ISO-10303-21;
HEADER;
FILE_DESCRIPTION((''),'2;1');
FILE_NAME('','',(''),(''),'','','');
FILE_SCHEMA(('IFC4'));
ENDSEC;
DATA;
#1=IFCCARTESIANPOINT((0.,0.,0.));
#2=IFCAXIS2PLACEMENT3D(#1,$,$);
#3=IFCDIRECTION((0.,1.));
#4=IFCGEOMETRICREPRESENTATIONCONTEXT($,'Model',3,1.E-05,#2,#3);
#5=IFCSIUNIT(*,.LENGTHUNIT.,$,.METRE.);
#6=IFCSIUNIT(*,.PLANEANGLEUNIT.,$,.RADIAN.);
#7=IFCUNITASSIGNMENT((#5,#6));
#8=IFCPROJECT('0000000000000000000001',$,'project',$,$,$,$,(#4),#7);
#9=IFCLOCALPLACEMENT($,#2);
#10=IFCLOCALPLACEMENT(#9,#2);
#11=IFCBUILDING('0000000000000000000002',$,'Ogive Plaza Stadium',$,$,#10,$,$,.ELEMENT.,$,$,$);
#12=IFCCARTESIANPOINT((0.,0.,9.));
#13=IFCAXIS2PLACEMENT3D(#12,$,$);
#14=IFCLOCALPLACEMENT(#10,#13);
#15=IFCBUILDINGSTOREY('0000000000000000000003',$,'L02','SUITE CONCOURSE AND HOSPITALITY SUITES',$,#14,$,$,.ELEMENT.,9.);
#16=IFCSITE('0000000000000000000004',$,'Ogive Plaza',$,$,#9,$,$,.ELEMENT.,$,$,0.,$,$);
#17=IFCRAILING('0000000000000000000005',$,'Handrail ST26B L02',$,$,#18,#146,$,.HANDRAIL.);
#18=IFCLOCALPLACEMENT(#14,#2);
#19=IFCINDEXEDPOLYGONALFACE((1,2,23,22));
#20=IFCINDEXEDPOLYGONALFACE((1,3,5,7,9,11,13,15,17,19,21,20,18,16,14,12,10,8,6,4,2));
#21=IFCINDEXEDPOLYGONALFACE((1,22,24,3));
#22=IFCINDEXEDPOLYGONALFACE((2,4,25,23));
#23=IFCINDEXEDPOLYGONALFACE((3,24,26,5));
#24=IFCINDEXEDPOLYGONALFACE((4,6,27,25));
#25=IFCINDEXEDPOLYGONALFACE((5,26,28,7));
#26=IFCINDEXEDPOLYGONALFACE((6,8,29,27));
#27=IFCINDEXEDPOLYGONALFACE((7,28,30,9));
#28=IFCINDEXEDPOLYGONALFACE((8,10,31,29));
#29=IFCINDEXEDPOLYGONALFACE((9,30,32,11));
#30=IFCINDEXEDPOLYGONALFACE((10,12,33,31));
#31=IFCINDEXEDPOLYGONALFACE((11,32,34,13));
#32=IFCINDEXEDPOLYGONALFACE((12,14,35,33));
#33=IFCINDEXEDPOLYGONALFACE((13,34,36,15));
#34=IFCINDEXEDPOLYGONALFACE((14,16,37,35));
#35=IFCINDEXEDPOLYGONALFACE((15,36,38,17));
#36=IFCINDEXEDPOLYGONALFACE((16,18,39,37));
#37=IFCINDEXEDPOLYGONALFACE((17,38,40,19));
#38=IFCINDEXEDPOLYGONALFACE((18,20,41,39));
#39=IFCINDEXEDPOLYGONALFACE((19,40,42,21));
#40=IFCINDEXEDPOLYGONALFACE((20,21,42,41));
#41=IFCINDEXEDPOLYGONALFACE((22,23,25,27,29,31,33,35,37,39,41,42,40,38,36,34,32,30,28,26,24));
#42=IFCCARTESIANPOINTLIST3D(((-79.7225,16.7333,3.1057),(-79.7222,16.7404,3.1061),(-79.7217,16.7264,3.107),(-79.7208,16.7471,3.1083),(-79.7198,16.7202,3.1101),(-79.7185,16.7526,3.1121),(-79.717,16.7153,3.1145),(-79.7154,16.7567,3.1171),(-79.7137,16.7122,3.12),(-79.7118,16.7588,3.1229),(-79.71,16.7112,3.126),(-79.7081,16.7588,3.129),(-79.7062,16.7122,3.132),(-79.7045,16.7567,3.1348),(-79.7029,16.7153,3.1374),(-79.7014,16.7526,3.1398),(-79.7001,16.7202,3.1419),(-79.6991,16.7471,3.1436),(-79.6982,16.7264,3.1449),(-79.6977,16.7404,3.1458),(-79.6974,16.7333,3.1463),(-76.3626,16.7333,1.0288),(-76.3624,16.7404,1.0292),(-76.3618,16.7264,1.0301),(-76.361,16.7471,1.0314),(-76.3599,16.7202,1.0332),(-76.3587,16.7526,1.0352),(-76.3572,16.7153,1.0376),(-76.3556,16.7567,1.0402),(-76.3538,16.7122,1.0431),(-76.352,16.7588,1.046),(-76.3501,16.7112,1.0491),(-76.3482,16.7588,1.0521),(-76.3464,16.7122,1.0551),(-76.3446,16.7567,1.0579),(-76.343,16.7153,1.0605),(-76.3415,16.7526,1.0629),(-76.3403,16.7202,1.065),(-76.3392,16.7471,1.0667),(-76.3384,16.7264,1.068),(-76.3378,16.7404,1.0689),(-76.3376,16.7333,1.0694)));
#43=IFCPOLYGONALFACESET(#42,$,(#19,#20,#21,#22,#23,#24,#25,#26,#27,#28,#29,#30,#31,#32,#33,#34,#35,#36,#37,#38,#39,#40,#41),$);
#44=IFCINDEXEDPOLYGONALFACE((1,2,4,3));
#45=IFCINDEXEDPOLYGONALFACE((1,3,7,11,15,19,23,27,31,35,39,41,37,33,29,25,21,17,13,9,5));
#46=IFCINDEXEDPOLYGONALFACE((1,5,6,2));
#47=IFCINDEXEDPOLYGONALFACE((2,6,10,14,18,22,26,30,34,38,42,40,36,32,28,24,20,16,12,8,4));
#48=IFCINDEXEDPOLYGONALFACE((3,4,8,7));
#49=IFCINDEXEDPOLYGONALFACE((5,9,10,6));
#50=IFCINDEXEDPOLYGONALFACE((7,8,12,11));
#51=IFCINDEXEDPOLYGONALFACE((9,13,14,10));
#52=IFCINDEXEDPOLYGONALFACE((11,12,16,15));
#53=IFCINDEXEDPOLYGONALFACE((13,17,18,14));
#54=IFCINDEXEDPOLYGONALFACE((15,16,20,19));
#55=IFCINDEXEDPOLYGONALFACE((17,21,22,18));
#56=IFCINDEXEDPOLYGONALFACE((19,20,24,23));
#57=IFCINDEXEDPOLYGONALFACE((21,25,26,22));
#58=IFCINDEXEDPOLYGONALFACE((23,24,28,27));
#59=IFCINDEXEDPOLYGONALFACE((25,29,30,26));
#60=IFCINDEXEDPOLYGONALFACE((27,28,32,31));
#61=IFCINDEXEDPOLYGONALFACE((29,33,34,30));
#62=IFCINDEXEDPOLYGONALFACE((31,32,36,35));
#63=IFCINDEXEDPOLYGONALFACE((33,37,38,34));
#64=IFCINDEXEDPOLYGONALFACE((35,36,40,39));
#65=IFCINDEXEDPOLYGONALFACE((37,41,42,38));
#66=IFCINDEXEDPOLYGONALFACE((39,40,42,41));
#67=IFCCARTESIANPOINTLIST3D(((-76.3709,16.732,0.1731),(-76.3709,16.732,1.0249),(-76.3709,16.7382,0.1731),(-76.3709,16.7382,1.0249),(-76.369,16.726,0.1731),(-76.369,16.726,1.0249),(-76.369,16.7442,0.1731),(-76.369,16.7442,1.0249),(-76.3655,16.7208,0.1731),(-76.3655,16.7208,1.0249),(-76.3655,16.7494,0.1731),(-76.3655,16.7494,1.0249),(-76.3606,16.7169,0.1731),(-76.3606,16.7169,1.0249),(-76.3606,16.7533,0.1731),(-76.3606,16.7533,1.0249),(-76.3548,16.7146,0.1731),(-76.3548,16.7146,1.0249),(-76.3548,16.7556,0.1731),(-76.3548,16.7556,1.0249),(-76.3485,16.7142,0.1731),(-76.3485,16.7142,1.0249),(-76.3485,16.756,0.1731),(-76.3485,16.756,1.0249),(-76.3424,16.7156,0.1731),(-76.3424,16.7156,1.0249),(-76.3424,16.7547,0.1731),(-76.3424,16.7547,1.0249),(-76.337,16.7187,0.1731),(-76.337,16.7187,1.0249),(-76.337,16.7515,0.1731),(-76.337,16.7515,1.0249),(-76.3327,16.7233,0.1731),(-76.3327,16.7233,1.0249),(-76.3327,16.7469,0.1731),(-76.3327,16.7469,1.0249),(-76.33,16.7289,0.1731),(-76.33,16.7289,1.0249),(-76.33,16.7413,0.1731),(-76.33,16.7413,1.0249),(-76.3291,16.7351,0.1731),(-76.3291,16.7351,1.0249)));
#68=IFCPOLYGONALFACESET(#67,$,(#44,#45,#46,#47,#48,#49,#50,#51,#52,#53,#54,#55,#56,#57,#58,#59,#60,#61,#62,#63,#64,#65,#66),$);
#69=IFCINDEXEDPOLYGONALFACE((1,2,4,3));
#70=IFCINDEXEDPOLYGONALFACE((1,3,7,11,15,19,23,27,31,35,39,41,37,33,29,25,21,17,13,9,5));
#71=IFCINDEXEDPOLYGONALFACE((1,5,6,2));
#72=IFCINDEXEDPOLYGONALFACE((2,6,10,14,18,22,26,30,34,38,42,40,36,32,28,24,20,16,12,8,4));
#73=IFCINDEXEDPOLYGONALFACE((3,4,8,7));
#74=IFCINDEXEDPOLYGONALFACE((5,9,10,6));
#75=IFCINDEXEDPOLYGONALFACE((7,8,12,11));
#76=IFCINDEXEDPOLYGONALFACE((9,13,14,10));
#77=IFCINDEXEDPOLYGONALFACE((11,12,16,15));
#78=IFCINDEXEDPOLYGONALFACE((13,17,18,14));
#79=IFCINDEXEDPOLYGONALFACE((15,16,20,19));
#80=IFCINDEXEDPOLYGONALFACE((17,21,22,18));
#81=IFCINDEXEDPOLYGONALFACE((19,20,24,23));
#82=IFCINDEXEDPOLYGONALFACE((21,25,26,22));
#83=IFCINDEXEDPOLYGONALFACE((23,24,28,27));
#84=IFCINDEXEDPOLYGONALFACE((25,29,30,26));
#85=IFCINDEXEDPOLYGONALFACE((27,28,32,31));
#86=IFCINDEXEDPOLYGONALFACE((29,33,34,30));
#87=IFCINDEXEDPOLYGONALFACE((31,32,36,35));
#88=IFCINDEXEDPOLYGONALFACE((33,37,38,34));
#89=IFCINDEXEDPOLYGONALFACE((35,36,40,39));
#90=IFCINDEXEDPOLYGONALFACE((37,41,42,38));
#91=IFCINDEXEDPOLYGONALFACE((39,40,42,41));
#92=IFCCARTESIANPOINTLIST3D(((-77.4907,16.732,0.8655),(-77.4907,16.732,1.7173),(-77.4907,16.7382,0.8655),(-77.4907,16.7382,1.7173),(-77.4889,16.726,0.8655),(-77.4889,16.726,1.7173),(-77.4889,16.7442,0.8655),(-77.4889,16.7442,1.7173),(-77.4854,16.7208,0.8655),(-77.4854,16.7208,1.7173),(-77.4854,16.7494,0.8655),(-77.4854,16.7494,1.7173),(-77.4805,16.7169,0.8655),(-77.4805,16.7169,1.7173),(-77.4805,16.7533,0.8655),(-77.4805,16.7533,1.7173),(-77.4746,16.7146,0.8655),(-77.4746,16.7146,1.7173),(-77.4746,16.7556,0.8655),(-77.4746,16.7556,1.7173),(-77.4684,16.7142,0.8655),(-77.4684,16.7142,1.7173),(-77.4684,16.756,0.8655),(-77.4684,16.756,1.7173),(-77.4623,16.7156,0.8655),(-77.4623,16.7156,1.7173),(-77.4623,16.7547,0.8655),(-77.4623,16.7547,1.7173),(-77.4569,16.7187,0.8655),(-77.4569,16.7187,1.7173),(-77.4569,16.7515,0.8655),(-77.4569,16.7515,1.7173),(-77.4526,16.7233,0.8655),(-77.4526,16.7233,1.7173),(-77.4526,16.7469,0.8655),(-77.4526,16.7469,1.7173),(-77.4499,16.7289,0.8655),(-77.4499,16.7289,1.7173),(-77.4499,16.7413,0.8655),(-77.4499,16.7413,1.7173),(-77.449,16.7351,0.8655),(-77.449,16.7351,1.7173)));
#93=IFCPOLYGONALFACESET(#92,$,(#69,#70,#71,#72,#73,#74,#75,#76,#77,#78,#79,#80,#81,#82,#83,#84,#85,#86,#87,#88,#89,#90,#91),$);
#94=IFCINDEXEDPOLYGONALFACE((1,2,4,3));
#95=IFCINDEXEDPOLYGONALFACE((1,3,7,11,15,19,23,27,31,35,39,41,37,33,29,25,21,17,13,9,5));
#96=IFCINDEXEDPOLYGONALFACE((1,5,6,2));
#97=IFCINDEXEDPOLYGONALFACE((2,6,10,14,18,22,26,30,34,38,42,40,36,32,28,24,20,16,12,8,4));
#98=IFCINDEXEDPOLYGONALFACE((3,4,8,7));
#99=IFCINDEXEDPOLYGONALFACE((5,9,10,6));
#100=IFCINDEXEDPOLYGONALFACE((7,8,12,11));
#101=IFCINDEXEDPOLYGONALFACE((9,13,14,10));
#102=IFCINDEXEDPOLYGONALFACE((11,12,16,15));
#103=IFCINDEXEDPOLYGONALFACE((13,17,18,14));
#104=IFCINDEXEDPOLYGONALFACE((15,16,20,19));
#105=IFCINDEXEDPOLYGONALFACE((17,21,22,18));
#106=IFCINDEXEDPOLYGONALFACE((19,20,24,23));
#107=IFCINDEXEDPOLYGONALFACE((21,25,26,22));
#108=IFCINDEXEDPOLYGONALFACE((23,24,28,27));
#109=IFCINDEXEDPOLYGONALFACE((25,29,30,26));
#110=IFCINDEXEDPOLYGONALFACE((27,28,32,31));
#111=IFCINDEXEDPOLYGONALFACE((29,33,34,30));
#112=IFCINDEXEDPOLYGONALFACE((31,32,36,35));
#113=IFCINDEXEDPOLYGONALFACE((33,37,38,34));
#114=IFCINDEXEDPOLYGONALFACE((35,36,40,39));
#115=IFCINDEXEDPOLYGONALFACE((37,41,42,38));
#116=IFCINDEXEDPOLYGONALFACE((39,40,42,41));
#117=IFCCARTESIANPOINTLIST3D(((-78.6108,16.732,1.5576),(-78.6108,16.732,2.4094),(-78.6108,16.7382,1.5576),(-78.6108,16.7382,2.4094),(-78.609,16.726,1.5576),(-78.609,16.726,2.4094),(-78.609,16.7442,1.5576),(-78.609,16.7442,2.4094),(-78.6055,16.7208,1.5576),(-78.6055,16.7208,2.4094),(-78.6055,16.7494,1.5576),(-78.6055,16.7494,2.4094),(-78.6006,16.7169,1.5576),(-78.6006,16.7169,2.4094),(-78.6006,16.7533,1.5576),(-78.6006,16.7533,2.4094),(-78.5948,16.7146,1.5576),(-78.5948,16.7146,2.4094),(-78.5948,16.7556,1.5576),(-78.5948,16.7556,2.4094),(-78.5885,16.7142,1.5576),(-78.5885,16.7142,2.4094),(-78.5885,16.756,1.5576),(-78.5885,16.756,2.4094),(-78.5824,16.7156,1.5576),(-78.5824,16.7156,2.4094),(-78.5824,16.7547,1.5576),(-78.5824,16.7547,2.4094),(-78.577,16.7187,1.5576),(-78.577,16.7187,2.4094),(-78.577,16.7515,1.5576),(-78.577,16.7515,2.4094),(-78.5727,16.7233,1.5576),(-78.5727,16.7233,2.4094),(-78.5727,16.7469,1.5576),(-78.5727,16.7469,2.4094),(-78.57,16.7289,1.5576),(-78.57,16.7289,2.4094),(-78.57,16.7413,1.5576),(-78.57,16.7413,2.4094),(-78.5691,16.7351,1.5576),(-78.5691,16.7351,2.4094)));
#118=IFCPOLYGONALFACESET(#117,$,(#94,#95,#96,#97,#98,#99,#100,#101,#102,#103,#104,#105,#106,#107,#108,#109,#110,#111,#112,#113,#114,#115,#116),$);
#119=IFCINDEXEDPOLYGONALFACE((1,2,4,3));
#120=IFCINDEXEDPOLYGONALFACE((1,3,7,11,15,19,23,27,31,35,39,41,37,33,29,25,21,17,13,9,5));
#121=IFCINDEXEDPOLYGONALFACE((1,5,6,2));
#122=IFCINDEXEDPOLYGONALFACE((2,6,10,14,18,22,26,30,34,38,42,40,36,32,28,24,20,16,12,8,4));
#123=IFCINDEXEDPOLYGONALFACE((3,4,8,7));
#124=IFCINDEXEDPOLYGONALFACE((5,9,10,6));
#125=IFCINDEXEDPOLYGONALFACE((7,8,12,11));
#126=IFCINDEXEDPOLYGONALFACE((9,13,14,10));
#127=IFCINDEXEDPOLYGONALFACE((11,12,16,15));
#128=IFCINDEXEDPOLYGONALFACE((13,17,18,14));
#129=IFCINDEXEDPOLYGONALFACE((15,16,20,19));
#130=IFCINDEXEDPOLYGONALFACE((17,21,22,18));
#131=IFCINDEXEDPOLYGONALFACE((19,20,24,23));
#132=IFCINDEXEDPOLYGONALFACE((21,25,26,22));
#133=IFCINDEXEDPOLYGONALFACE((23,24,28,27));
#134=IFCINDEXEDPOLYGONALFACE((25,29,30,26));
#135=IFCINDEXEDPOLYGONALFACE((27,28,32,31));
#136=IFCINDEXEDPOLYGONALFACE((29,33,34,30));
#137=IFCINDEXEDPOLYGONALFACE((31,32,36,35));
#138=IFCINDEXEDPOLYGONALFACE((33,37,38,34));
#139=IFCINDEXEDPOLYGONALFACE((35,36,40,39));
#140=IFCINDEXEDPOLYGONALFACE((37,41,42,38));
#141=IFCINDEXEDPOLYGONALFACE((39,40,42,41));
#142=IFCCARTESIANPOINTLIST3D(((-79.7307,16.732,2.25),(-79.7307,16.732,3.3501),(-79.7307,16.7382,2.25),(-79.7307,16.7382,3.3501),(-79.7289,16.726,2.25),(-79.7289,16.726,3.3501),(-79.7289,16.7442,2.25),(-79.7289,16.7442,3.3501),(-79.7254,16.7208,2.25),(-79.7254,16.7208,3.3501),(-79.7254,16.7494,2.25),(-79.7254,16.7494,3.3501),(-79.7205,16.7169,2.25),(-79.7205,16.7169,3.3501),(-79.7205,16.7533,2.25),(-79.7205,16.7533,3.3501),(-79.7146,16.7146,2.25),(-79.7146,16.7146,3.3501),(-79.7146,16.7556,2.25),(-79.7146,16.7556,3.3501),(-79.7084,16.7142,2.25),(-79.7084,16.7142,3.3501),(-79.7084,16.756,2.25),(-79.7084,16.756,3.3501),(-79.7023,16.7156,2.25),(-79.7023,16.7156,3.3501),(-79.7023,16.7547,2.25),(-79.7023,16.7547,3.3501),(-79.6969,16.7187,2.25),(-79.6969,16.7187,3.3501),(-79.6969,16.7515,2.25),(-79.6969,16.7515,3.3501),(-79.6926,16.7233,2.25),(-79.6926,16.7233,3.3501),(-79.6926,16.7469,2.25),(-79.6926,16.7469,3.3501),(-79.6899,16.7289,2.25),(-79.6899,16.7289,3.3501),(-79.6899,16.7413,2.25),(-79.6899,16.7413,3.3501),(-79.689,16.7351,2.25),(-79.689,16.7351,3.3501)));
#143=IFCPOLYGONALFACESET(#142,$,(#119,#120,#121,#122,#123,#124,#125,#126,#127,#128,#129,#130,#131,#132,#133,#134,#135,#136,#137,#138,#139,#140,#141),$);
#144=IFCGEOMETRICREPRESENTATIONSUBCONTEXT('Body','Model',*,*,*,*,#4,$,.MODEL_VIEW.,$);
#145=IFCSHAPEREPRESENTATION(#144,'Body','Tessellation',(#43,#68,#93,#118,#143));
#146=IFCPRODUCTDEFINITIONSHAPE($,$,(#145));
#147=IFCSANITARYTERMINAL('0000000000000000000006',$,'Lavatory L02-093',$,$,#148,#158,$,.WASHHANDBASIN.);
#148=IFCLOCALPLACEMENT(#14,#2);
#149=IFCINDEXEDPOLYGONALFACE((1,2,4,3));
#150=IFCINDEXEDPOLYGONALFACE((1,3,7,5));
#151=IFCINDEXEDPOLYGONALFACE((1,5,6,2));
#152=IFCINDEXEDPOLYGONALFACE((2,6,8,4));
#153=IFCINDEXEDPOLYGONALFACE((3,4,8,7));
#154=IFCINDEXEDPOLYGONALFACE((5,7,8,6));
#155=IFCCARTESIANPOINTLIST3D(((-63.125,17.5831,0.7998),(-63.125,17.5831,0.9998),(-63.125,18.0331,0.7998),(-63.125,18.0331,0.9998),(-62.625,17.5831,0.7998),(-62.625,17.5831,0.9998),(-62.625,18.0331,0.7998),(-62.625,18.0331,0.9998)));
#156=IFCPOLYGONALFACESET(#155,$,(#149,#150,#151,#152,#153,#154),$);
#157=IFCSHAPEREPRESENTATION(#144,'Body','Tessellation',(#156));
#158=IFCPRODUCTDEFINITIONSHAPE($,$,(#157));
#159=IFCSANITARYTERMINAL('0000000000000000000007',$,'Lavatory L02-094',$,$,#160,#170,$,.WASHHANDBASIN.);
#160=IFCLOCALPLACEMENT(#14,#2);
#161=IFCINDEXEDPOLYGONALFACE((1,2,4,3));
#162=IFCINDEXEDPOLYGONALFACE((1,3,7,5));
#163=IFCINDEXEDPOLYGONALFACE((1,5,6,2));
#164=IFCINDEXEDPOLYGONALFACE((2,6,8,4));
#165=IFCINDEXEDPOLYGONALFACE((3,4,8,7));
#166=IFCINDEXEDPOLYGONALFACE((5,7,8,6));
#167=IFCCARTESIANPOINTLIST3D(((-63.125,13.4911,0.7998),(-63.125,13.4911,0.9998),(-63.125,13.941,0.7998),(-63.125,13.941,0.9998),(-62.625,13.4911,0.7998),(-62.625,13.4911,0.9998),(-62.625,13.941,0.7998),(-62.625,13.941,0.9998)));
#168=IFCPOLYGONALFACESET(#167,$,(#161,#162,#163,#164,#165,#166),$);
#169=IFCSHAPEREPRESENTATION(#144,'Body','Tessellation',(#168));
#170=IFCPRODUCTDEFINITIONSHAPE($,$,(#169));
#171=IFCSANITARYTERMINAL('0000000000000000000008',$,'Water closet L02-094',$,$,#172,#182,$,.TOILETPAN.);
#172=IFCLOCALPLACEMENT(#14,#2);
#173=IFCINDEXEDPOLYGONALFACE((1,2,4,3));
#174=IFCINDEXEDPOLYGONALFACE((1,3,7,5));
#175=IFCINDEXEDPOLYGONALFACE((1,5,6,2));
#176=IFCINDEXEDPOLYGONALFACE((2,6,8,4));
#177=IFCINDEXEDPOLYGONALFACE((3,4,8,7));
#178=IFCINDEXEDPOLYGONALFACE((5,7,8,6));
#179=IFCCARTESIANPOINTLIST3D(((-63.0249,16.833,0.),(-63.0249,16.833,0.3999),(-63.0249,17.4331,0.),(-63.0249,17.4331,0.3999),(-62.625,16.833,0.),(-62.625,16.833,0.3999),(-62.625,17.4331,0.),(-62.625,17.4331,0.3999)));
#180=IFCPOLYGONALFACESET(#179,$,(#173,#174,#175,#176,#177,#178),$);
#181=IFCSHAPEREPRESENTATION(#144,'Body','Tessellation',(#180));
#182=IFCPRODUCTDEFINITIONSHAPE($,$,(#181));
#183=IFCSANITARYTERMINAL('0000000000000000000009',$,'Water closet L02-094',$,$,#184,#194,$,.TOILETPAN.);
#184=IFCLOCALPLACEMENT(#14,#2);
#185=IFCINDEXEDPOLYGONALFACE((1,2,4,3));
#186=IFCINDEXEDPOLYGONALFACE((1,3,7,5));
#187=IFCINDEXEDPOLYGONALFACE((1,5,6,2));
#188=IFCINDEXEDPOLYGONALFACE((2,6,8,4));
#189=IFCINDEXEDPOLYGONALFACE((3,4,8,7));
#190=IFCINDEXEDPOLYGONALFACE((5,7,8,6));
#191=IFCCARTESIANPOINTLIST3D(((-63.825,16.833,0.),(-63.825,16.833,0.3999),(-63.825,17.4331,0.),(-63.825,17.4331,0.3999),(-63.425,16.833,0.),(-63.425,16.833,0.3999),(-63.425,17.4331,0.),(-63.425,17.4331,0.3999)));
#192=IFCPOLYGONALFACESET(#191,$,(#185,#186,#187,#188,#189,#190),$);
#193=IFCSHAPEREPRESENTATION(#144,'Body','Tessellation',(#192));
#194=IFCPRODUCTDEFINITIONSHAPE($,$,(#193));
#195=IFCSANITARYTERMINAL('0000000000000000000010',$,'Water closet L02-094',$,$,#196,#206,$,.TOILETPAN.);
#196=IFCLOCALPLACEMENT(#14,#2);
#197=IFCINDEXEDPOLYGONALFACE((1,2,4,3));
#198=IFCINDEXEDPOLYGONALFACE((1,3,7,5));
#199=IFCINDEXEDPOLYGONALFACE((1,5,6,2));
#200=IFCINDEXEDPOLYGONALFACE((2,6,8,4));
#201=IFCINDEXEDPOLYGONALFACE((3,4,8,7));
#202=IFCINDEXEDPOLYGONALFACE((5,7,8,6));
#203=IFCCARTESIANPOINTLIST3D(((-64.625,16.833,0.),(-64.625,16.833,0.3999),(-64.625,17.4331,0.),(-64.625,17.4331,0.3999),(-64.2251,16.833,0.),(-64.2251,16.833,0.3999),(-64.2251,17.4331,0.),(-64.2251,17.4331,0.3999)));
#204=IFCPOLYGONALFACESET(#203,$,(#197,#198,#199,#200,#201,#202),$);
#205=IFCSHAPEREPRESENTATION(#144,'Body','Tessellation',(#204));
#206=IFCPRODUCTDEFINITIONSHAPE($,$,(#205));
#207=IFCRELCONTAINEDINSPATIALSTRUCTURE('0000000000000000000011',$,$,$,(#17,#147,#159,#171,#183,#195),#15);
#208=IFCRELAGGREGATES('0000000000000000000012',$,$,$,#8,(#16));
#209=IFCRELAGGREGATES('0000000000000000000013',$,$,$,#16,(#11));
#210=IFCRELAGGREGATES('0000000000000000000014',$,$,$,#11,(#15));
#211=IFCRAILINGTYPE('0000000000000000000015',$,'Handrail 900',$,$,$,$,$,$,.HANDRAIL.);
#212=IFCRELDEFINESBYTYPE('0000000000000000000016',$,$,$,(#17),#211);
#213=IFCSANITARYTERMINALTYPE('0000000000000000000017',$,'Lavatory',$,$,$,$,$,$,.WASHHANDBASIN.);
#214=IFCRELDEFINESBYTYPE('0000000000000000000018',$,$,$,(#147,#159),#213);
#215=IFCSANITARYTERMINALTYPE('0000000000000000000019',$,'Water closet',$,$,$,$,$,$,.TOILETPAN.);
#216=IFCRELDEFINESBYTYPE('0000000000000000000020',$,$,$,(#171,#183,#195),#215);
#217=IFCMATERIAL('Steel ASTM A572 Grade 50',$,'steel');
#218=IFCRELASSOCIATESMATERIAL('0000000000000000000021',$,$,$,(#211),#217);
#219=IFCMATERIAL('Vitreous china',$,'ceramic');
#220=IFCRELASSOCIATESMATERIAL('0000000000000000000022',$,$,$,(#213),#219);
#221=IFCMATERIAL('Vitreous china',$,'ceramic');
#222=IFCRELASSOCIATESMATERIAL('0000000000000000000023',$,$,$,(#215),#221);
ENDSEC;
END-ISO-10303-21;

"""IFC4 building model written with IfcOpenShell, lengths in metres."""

from ifc_helpers import new_model, si_unit, direction, frame, origin, origin_2d, place, context, subcontext, project, spatial, rectangle, circle, extrude, material, type_object, element, save


model = new_model("IFC4")

# Units and contexts
model_context = context("Model", 3, precision=1e-05, world=origin(), true_north=direction((0.0, 1.0)))
body_context = subcontext(model_context, "Body", "Model", "MODEL_VIEW")
ifc_project = project(units=[si_unit("LENGTHUNIT", "METRE"), si_unit("PLANEANGLEUNIT", "RADIAN")], contexts=[model_context])

# Site, building, storey
site_placement = place(None, origin())
site = spatial("IfcSite", under=ifc_project, at=site_placement, Name="Ogive Plaza", CompositionType="ELEMENT", RefElevation=0.0)
building_placement = place(site_placement, origin())
building = spatial("IfcBuilding", under=site, at=building_placement, Name="Ogive Plaza Stadium", CompositionType="ELEMENT")
storey_placement = place(building_placement, frame((0.0, 0.0, 9.0)))
storey = spatial("IfcBuildingStorey", under=building, at=storey_placement, Name="L02", Description="SUITE CONCOURSE AND HOSPITALITY SUITES", CompositionType="ELEMENT", Elevation=9.0)

# Railing
ifc_material_1 = material(Name="Steel ASTM A572 Grade 50", Category="steel")
railing_type = type_object("IfcRailingType", Name="Handrail 900", PredefinedType="HANDRAIL", material=ifc_material_1)
railing_placement = place(storey_placement, frame((-76.3501, 16.7351, 0.1731)))
element("IfcRailing", 1, at=railing_placement, inside=storey, type_object=railing_type, Name="Handrail ST26B L02", PredefinedType="HANDRAIL", context=body_context, shape_type="SweptSolid", body=[
    extrude(circle(Radius=0.0239, at=origin_2d()), frame((0.0, 0.0, 0.876), z_axis=(-0.850606, 0.0, 0.525803), x_axis=(0.0, -1.0, 0.0)), (0.0, 0.0, 1.0), 3.95),
    extrude(circle(Radius=0.021, at=origin_2d()), origin(), (0.0, 0.0, 1.0), 0.8518),
    extrude(circle(Radius=0.021, at=origin_2d()), frame((-1.1199, 0.0, 0.6924)), (0.0, 0.0, 1.0), 0.8518),
    extrude(circle(Radius=0.021, at=origin_2d()), frame((-2.24, 0.0, 1.3845)), (0.0, 0.0, 1.0), 0.8518),
    extrude(circle(Radius=0.021, at=origin_2d()), frame((-3.3599, 0.0, 2.0769)), (0.0, 0.0, 1.0), 1.1001),
])

# Sanitary terminals
ifc_material_2 = material(Name="Vitreous china", Category="ceramic")
sanitary_terminal_type_1 = type_object("IfcSanitaryTerminalType", Name="Lavatory", PredefinedType="WASHHANDBASIN", material=ifc_material_2)
for number, where, z_axis, x_axis, name in (
    (2, (-62.875, 17.8081, 0.7998), (0.0, 0.0, 1.0), (-1.0, 0.0, 0.0), "Lavatory L02-093"),
    (3, (-62.875, 13.7161, 0.7998), (0.0, 0.0, 1.0), (-1.0, 0.0, 0.0), "Lavatory L02-094"),
):
    element("IfcSanitaryTerminal", number, at=place(storey_placement, frame(where, z_axis=z_axis, x_axis=x_axis)), inside=storey, type_object=sanitary_terminal_type_1, Name=name, PredefinedType="WASHHANDBASIN", context=body_context, shape_type="SweptSolid", body=[
        extrude(rectangle(XDim=0.5, YDim=0.45, at=origin_2d()), origin(), (0.0, 0.0, 1.0), 0.2),
    ])
ifc_material_3 = material(Name="Vitreous china", Category="ceramic")
sanitary_terminal_type_2 = type_object("IfcSanitaryTerminalType", Name="Water closet", PredefinedType="TOILETPAN", material=ifc_material_3)
for number, where, z_axis, x_axis, name in (
    (4, (-62.825, 17.1331, 0.0), (0.0, 0.0, 1.0), (-1.0, 0.0, 0.0), "Water closet L02-094"),
    (5, (-63.625, 17.1331, 0.0), (0.0, 0.0, 1.0), (-1.0, 0.0, 0.0), "Water closet L02-094"),
    (6, (-64.425, 17.1331, 0.0), (0.0, 0.0, 1.0), (-1.0, 0.0, 0.0), "Water closet L02-094"),
):
    element("IfcSanitaryTerminal", number, at=place(storey_placement, frame(where, z_axis=z_axis, x_axis=x_axis)), inside=storey, type_object=sanitary_terminal_type_2, Name=name, PredefinedType="TOILETPAN", context=body_context, shape_type="SweptSolid", body=[
        extrude(rectangle(XDim=0.3999, YDim=0.6001, at=origin_2d()), origin(), (0.0, 0.0, 1.0), 0.3999),
    ])

save(model, "model.ifc")
